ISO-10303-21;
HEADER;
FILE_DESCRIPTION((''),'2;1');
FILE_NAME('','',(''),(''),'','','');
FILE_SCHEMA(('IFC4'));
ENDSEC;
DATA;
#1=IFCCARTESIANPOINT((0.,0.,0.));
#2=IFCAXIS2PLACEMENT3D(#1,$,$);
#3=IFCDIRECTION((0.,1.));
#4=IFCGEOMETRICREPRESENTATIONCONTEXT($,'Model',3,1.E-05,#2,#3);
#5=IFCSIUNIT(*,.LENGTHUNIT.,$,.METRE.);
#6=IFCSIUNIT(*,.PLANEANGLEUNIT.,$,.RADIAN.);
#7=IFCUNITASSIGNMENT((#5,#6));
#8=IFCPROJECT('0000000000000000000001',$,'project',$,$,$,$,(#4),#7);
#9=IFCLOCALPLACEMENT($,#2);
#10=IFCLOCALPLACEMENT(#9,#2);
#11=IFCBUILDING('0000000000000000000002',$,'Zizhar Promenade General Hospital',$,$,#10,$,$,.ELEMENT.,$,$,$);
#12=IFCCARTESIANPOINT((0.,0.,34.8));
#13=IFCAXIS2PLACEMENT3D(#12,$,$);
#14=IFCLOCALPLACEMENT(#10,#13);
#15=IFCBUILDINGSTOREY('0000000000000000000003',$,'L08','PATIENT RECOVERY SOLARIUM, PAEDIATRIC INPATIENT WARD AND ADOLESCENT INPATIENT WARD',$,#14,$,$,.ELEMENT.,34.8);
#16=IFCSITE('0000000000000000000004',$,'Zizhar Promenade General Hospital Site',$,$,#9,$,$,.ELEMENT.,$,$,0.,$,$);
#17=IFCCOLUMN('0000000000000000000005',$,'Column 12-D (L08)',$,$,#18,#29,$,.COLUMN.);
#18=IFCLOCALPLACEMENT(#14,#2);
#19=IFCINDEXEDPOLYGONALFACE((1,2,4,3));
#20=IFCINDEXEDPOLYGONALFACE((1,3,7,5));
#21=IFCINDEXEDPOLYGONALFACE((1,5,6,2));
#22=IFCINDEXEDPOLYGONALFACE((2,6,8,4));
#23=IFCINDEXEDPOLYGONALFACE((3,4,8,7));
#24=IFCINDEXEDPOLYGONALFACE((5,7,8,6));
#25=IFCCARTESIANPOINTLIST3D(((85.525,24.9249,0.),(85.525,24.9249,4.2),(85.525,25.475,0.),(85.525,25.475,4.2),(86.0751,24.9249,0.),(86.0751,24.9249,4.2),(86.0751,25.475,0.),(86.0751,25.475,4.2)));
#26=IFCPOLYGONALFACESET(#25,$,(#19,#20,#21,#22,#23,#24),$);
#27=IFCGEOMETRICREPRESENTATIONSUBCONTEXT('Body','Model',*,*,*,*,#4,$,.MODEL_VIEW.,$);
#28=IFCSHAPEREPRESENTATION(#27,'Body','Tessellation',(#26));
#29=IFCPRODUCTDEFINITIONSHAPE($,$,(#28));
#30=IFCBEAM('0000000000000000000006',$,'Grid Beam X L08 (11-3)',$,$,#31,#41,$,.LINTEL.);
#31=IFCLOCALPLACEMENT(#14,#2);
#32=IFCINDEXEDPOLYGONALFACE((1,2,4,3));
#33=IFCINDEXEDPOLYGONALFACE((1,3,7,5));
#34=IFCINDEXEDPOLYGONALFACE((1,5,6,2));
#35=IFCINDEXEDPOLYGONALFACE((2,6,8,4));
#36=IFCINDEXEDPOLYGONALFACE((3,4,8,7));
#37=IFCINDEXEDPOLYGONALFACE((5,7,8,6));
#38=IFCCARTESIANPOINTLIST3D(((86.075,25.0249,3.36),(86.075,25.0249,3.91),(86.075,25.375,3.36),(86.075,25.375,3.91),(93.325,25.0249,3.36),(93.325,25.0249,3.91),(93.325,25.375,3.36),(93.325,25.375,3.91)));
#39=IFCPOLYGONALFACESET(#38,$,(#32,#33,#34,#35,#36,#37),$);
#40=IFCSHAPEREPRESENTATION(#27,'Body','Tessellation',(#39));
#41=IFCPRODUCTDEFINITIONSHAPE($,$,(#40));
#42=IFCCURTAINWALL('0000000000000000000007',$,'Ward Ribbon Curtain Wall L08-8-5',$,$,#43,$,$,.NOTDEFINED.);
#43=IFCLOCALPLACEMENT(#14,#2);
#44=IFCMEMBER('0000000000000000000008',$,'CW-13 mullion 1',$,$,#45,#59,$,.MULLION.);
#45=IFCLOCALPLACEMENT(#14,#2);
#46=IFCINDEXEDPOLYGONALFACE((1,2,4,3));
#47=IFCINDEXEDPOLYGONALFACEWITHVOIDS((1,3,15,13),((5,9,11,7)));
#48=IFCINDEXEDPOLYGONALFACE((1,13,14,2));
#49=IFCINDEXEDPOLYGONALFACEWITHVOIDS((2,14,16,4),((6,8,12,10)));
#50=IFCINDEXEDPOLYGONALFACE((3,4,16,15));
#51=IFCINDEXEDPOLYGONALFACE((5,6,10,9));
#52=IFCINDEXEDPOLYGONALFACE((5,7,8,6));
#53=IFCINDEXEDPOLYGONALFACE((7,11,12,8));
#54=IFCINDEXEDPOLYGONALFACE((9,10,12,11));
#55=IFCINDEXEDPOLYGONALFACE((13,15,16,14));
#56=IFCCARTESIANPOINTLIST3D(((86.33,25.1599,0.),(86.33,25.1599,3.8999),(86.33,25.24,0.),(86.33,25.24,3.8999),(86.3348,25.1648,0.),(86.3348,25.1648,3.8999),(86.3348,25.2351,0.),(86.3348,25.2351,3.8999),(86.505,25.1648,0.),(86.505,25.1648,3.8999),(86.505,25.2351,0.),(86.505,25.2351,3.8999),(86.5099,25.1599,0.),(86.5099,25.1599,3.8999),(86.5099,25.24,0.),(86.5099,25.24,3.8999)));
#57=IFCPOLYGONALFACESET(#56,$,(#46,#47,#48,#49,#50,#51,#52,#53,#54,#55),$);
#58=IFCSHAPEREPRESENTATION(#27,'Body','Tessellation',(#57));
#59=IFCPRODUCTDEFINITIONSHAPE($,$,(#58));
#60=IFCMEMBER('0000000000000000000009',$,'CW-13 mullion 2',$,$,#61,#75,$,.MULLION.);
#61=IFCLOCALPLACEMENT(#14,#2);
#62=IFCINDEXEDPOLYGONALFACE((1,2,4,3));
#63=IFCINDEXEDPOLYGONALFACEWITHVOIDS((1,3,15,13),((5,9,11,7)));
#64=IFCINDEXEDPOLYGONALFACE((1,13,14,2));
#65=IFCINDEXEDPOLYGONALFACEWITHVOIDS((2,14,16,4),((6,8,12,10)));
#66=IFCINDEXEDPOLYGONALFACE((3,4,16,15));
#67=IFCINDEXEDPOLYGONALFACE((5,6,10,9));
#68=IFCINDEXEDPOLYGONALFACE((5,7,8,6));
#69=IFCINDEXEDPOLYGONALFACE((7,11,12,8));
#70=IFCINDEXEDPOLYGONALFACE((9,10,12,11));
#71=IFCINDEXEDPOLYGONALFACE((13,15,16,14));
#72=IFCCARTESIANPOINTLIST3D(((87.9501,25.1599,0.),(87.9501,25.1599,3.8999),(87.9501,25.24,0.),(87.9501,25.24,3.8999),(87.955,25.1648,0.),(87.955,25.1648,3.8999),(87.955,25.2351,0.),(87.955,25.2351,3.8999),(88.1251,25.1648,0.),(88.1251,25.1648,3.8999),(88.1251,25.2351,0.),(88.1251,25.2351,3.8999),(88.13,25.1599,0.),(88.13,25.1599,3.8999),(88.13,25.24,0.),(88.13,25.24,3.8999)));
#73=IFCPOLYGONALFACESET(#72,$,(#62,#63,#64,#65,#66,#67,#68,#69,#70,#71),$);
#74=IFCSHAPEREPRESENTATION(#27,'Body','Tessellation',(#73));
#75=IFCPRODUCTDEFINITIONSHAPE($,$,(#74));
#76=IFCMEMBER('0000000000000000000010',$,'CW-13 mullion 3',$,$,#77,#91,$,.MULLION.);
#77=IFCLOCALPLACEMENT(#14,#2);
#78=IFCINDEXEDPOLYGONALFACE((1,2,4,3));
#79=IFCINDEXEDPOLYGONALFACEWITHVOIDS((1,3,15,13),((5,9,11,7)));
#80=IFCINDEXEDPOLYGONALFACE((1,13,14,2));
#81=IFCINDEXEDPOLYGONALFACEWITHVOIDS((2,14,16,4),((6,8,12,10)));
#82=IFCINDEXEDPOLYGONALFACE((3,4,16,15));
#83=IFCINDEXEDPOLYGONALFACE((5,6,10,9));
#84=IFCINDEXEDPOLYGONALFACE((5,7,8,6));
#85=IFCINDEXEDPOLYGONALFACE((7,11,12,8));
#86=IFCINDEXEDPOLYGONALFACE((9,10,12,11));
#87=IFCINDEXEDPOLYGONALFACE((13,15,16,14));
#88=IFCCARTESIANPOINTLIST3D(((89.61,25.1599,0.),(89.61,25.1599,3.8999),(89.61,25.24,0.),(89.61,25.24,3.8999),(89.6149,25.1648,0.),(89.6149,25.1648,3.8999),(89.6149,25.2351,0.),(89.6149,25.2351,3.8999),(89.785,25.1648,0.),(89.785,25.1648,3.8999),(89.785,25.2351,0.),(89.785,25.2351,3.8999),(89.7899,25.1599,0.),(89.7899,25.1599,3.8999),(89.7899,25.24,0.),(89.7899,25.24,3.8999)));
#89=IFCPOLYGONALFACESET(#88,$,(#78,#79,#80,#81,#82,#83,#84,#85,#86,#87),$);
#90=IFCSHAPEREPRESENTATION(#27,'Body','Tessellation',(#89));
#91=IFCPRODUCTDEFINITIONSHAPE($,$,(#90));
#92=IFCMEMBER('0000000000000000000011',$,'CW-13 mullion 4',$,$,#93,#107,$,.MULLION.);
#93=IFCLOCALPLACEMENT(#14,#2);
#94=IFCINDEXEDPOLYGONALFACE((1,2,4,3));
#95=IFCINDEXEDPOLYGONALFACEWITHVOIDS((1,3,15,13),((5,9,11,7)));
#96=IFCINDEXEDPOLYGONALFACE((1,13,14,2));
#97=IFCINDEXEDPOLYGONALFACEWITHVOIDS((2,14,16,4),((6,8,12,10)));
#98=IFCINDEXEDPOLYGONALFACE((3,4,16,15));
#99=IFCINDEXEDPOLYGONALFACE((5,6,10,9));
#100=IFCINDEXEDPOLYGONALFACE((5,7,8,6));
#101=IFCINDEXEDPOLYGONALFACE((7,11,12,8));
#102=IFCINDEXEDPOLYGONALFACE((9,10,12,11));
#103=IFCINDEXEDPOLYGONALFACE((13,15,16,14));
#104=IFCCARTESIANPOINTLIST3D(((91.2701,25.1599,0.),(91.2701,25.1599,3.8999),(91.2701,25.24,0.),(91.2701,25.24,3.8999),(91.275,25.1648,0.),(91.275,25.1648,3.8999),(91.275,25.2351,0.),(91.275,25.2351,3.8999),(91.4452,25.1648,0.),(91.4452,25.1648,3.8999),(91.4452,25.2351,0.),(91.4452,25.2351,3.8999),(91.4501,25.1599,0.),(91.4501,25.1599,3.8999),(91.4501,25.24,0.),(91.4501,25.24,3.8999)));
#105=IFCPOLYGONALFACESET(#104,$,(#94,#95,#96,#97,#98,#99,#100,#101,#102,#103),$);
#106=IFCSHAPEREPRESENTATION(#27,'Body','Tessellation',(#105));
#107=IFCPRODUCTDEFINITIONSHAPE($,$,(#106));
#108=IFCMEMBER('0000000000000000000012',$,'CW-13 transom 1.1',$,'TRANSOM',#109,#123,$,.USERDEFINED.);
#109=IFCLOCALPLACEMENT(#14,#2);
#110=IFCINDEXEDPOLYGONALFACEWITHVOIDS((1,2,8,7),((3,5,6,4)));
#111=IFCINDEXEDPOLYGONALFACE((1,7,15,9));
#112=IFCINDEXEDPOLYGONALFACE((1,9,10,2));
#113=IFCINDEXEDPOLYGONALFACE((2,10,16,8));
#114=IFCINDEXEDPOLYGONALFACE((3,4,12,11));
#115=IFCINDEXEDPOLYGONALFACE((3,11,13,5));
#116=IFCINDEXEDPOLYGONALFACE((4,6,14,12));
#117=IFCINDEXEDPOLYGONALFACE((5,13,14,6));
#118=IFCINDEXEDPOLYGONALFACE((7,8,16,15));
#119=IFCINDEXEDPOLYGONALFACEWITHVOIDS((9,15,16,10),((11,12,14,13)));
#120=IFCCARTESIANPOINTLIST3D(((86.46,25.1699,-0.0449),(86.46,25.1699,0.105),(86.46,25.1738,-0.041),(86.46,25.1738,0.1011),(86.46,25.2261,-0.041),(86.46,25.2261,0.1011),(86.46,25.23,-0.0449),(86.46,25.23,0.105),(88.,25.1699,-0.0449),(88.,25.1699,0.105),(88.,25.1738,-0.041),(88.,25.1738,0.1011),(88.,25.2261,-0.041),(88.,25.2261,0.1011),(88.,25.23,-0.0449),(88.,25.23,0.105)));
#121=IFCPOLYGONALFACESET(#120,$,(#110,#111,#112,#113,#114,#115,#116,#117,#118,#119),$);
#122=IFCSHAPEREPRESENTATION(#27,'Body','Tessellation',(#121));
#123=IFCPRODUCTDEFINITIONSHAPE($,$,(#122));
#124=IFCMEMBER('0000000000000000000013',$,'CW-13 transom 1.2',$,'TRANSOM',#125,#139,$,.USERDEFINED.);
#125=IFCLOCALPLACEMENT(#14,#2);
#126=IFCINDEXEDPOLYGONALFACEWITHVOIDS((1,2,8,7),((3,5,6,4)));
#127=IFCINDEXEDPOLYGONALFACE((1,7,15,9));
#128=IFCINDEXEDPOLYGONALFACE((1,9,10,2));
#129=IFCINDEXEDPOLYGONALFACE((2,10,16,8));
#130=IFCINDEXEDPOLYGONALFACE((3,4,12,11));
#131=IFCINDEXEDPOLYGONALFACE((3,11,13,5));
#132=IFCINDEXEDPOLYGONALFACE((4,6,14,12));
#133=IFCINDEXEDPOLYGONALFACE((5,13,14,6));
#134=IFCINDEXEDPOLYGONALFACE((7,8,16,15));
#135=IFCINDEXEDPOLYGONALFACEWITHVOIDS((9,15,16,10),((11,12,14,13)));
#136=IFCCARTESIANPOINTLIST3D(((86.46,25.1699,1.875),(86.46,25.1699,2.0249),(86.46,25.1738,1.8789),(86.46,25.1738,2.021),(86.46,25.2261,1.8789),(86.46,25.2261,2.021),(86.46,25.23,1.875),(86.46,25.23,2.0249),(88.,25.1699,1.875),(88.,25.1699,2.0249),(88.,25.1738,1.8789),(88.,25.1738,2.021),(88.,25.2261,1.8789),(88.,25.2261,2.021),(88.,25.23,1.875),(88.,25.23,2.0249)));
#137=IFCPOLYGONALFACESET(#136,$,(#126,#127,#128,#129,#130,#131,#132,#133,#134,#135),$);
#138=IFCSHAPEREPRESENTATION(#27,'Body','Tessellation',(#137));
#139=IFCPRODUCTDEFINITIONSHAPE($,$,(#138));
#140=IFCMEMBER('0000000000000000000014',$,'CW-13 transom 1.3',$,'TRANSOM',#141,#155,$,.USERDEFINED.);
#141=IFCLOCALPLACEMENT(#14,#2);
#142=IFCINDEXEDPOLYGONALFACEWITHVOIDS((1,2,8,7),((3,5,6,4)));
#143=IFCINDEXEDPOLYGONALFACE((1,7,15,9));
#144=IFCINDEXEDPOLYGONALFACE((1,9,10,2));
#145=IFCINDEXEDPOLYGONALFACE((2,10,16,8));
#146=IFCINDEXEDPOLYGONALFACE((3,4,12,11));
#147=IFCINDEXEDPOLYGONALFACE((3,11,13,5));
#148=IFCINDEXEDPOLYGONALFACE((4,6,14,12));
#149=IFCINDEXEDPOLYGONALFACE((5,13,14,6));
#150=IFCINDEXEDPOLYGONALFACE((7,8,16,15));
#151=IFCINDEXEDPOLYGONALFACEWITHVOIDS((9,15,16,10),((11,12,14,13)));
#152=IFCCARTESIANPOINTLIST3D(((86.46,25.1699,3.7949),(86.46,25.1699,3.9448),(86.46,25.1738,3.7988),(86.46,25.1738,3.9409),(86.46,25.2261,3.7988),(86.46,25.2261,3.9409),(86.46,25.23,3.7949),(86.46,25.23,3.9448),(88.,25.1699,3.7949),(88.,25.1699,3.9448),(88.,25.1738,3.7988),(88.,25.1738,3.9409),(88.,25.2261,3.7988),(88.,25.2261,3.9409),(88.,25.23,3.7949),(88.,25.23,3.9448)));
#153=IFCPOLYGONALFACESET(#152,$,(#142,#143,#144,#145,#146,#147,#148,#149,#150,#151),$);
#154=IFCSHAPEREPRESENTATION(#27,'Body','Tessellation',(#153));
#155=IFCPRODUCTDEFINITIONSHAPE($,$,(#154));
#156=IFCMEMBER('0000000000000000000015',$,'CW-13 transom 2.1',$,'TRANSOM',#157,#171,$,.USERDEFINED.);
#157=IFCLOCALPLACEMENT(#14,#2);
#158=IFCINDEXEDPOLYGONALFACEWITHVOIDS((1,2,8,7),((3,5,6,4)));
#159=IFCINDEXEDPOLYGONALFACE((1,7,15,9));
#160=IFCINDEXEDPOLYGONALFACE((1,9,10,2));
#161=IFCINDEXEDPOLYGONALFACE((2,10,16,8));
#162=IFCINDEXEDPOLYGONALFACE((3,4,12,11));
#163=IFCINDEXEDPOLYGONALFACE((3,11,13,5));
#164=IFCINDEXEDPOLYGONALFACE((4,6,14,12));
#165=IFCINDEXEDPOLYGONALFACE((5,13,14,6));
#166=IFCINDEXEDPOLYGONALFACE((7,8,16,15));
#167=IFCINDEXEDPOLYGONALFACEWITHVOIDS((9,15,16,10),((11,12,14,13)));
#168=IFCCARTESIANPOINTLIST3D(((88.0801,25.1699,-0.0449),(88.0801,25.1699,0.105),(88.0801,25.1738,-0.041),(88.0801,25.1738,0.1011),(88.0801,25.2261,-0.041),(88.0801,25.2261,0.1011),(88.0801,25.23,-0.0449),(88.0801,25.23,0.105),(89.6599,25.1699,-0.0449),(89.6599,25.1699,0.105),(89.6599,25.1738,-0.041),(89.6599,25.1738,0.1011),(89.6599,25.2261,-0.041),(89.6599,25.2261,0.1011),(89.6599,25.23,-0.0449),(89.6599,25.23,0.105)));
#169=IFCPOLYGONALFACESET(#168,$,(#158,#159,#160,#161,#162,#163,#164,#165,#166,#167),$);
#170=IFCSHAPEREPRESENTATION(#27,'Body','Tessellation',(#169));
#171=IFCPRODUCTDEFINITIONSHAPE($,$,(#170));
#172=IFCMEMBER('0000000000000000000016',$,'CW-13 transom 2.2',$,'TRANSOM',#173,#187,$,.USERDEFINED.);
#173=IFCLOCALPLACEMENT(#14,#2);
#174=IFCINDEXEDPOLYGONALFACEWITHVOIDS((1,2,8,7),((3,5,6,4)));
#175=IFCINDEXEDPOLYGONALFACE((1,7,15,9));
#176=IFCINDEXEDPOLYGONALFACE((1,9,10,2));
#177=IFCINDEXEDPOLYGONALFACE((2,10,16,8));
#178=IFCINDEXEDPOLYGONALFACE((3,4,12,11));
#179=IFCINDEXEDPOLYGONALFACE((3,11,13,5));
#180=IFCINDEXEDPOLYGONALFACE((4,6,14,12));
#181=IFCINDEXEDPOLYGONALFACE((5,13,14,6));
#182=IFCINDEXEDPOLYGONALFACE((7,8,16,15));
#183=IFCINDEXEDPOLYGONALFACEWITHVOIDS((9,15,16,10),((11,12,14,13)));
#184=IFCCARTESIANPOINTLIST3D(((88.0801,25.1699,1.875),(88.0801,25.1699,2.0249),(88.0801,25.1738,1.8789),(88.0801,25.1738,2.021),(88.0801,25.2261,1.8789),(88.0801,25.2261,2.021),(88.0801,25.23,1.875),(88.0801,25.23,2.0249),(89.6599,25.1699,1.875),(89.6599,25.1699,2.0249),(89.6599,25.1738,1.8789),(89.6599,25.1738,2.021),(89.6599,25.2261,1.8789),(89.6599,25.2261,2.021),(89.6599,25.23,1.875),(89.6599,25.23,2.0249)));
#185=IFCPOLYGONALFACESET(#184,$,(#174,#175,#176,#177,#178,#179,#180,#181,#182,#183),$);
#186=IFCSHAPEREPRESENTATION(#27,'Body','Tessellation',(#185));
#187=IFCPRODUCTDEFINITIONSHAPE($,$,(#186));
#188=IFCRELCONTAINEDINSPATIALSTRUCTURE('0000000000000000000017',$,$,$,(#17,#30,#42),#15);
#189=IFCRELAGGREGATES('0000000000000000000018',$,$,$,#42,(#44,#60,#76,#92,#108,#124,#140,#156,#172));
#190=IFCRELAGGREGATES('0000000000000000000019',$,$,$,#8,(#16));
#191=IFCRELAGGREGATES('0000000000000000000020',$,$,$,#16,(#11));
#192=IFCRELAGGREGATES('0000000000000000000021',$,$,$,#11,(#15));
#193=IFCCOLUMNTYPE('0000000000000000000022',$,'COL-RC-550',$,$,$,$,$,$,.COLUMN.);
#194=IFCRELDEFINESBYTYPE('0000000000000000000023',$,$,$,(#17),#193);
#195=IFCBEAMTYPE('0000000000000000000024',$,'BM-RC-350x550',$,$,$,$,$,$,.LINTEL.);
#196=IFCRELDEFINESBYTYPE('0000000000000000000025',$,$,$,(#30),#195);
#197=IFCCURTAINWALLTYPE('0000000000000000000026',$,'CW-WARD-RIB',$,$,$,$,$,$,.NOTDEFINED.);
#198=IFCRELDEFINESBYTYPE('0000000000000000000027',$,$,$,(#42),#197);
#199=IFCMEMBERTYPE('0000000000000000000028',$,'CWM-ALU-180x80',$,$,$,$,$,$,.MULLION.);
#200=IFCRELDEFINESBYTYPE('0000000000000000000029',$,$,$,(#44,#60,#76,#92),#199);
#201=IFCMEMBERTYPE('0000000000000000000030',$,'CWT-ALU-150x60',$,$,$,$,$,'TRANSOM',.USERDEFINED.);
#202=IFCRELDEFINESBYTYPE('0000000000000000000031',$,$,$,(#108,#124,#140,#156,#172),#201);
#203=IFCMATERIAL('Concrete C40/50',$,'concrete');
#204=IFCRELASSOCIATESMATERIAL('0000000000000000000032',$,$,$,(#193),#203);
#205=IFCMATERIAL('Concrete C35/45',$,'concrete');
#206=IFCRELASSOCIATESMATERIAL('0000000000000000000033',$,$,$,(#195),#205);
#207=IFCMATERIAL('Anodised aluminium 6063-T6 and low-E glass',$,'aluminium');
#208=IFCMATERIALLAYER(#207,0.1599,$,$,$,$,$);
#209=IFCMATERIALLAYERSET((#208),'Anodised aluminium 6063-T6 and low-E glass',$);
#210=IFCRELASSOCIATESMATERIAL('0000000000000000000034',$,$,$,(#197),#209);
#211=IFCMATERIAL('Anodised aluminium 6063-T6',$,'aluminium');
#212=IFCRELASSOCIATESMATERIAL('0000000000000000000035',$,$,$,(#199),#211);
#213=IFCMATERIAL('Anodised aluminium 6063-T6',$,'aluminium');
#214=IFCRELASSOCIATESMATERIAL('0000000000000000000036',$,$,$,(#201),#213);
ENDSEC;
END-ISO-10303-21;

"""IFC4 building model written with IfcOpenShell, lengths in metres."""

from ifc_helpers import new_model, si_unit, direction, frame, origin, origin_2d, place, context, subcontext, project, spatial, rectangle, hollow_rectangle, extrude, material, layer, layer_set, material_profile, profile_set, type_object, element, aggregate, save


model = new_model("IFC4")

# Units and contexts
model_context = context("Model", 3, precision=1e-05, world=origin(), true_north=direction((0.0, 1.0)))
body_context = subcontext(model_context, "Body", "Model", "MODEL_VIEW")
ifc_project = project(units=[si_unit("LENGTHUNIT", "METRE"), si_unit("PLANEANGLEUNIT", "RADIAN")], contexts=[model_context])

# Site, building, storey
site_placement = place(None, origin())
site = spatial("IfcSite", under=ifc_project, at=site_placement, Name="Zizhar Promenade General Hospital Site", CompositionType="ELEMENT", RefElevation=0.0)
building_placement = place(site_placement, origin())
building = spatial("IfcBuilding", under=site, at=building_placement, Name="Zizhar Promenade General Hospital", CompositionType="ELEMENT")
storey_placement = place(building_placement, frame((0.0, 0.0, 34.8)))
storey = spatial("IfcBuildingStorey", under=building, at=storey_placement, Name="L08", Description="PATIENT RECOVERY SOLARIUM, PAEDIATRIC INPATIENT WARD AND ADOLESCENT INPATIENT WARD", CompositionType="ELEMENT", Elevation=34.8)

# Column
ifc_material_1 = material(Name="Concrete C40/50", Category="concrete")
ifc_material_profile_1 = material_profile(ifc_material_1, rectangle(XDim=0.55, YDim=0.55, at=origin_2d()))
ifc_profile_set_1 = profile_set([ifc_material_profile_1], Name="Concrete C40/50")
column_type = type_object("IfcColumnType", Name="COL-RC-550", PredefinedType="COLUMN", material=ifc_profile_set_1)
column_placement = place(storey_placement, frame((85.8, 25.2, 0.0), z_axis=(0.0, 0.0, 1.0), x_axis=(1.0, 0.0, 0.0)))
element("IfcColumn", 1, at=column_placement, inside=storey, type_object=column_type, Name="Column 12-D (L08)", PredefinedType="COLUMN", context=body_context, shape_type="SweptSolid", body=[
    extrude(rectangle(XDim=0.55, YDim=0.55, at=origin_2d()), origin(), (0.0, 0.0, 1.0), 4.2),
])

# Beam
ifc_material_2 = material(Name="Concrete C35/45", Category="concrete")
ifc_material_profile_2 = material_profile(ifc_material_2, rectangle(XDim=0.3501, YDim=0.55, at=origin_2d()))
ifc_profile_set_2 = profile_set([ifc_material_profile_2], Name="Concrete C35/45")
beam_type = type_object("IfcBeamType", Name="BM-RC-350x550", PredefinedType="LINTEL", material=ifc_profile_set_2)
beam_placement = place(storey_placement, frame((86.075, 25.2, 3.635), z_axis=(1.0, 0.0, 0.0), x_axis=(0.0, 1.0, 0.0)))
element("IfcBeam", 2, at=beam_placement, inside=storey, type_object=beam_type, Name="Grid Beam X L08 (11-3)", PredefinedType="LINTEL", context=body_context, shape_type="SweptSolid", body=[
    extrude(rectangle(XDim=0.3501, YDim=0.55, at=origin_2d()), origin(), (0.0, 0.0, 1.0), 7.25),
])

# Curtain wall, members
ifc_material_3 = material(Name="Anodised aluminium 6063-T6 and low-E glass", Category="aluminium")
ifc_layer_1 = layer(ifc_material_3, 0.1599)
ifc_layer_set_1 = layer_set([ifc_layer_1], Name="Anodised aluminium 6063-T6 and low-E glass")
curtain_wall_type = type_object("IfcCurtainWallType", Name="CW-WARD-RIB", PredefinedType="NOTDEFINED", material=ifc_layer_set_1)
curtain_wall_placement = place(storey_placement, origin())
curtain_wall = element("IfcCurtainWall", 3, at=curtain_wall_placement, inside=storey, type_object=curtain_wall_type, Name="Ward Ribbon Curtain Wall L08-8-5", PredefinedType="NOTDEFINED")
ifc_material_4 = material(Name="Anodised aluminium 6063-T6", Category="aluminium")
ifc_material_profile_3 = material_profile(ifc_material_4, hollow_rectangle(XDim=0.0801, YDim=0.1799, WallThickness=0.0049, at=origin_2d()))
ifc_profile_set_3 = profile_set([ifc_material_profile_3], Name="Anodised aluminium 6063-T6")
member_type_1 = type_object("IfcMemberType", Name="CWM-ALU-180x80", PredefinedType="MULLION", material=ifc_profile_set_3)
member_1_placement = place(storey_placement, frame((86.4199, 25.2, 0.0), z_axis=(0.0, 0.0, 1.0), x_axis=(0.0, 1.0, 0.0)))
member_1 = element("IfcMember", 4, at=member_1_placement, type_object=member_type_1, Name="CW-13 mullion 1", PredefinedType="MULLION", context=body_context, shape_type="SweptSolid", body=[
    extrude(hollow_rectangle(XDim=0.0801, YDim=0.1799, WallThickness=0.0049, at=origin_2d()), origin(), (0.0, 0.0, 1.0), 3.8999),
])
member_2_placement = place(storey_placement, frame((88.04, 25.2, 0.0), z_axis=(0.0, 0.0, 1.0), x_axis=(0.0, 1.0, 0.0)))
member_2 = element("IfcMember", 5, at=member_2_placement, type_object=member_type_1, Name="CW-13 mullion 2", PredefinedType="MULLION", context=body_context, shape_type="SweptSolid", body=[
    extrude(hollow_rectangle(XDim=0.0801, YDim=0.1799, WallThickness=0.0049, at=origin_2d()), origin(), (0.0, 0.0, 1.0), 3.8999),
])
member_3_placement = place(storey_placement, frame((89.7, 25.2, 0.0), z_axis=(0.0, 0.0, 1.0), x_axis=(0.0, 1.0, 0.0)))
member_3 = element("IfcMember", 6, at=member_3_placement, type_object=member_type_1, Name="CW-13 mullion 3", PredefinedType="MULLION", context=body_context, shape_type="SweptSolid", body=[
    extrude(hollow_rectangle(XDim=0.0801, YDim=0.1799, WallThickness=0.0049, at=origin_2d()), origin(), (0.0, 0.0, 1.0), 3.8999),
])
member_4_placement = place(storey_placement, frame((91.3601, 25.2, 0.0), z_axis=(0.0, 0.0, 1.0), x_axis=(0.0, 1.0, 0.0)))
member_4 = element("IfcMember", 7, at=member_4_placement, type_object=member_type_1, Name="CW-13 mullion 4", PredefinedType="MULLION", context=body_context, shape_type="SweptSolid", body=[
    extrude(hollow_rectangle(XDim=0.0801, YDim=0.1799, WallThickness=0.0049, at=origin_2d()), origin(), (0.0, 0.0, 1.0), 3.8999),
])
ifc_material_5 = material(Name="Anodised aluminium 6063-T6", Category="aluminium")
ifc_material_profile_4 = material_profile(ifc_material_5, hollow_rectangle(XDim=0.0601, YDim=0.1499, WallThickness=0.0039, at=origin_2d()))
ifc_profile_set_4 = profile_set([ifc_material_profile_4], Name="Anodised aluminium 6063-T6")
member_type_2 = type_object("IfcMemberType", Name="CWT-ALU-150x60", ElementType="TRANSOM", PredefinedType="USERDEFINED", material=ifc_profile_set_4)
member_5_placement = place(storey_placement, frame((86.46, 25.2, 0.03), z_axis=(1.0, 0.0, 0.0), x_axis=(0.0, 1.0, 0.0)))
member_5 = element("IfcMember", 8, at=member_5_placement, type_object=member_type_2, Name="CW-13 transom 1.1", ObjectType="TRANSOM", PredefinedType="USERDEFINED", context=body_context, shape_type="SweptSolid", body=[
    extrude(hollow_rectangle(XDim=0.0601, YDim=0.1499, WallThickness=0.0039, at=origin_2d()), origin(), (0.0, 0.0, 1.0), 1.54),
])
member_6_placement = place(storey_placement, frame((86.46, 25.2, 1.95), z_axis=(1.0, 0.0, 0.0), x_axis=(0.0, 1.0, 0.0)))
member_6 = element("IfcMember", 9, at=member_6_placement, type_object=member_type_2, Name="CW-13 transom 1.2", ObjectType="TRANSOM", PredefinedType="USERDEFINED", context=body_context, shape_type="SweptSolid", body=[
    extrude(hollow_rectangle(XDim=0.0601, YDim=0.1499, WallThickness=0.0039, at=origin_2d()), origin(), (0.0, 0.0, 1.0), 1.54),
])
member_7_placement = place(storey_placement, frame((86.46, 25.2, 3.8699), z_axis=(1.0, 0.0, 0.0), x_axis=(0.0, 1.0, 0.0)))
member_7 = element("IfcMember", 10, at=member_7_placement, type_object=member_type_2, Name="CW-13 transom 1.3", ObjectType="TRANSOM", PredefinedType="USERDEFINED", context=body_context, shape_type="SweptSolid", body=[
    extrude(hollow_rectangle(XDim=0.0601, YDim=0.1499, WallThickness=0.0039, at=origin_2d()), origin(), (0.0, 0.0, 1.0), 1.54),
])
member_8_placement = place(storey_placement, frame((88.0801, 25.2, 0.03), z_axis=(1.0, 0.0, 0.0), x_axis=(0.0, 1.0, 0.0)))
member_8 = element("IfcMember", 11, at=member_8_placement, type_object=member_type_2, Name="CW-13 transom 2.1", ObjectType="TRANSOM", PredefinedType="USERDEFINED", context=body_context, shape_type="SweptSolid", body=[
    extrude(hollow_rectangle(XDim=0.0601, YDim=0.1499, WallThickness=0.0039, at=origin_2d()), origin(), (0.0, 0.0, 1.0), 1.5798),
])
member_9_placement = place(storey_placement, frame((88.0801, 25.2, 1.95), z_axis=(1.0, 0.0, 0.0), x_axis=(0.0, 1.0, 0.0)))
member_9 = element("IfcMember", 12, at=member_9_placement, type_object=member_type_2, Name="CW-13 transom 2.2", ObjectType="TRANSOM", PredefinedType="USERDEFINED", context=body_context, shape_type="SweptSolid", body=[
    extrude(hollow_rectangle(XDim=0.0601, YDim=0.1499, WallThickness=0.0039, at=origin_2d()), origin(), (0.0, 0.0, 1.0), 1.5798),
])
aggregate(curtain_wall, [member_1, member_2, member_3, member_4, member_5, member_6, member_7, member_8, member_9])

save(model, "model.ifc")
